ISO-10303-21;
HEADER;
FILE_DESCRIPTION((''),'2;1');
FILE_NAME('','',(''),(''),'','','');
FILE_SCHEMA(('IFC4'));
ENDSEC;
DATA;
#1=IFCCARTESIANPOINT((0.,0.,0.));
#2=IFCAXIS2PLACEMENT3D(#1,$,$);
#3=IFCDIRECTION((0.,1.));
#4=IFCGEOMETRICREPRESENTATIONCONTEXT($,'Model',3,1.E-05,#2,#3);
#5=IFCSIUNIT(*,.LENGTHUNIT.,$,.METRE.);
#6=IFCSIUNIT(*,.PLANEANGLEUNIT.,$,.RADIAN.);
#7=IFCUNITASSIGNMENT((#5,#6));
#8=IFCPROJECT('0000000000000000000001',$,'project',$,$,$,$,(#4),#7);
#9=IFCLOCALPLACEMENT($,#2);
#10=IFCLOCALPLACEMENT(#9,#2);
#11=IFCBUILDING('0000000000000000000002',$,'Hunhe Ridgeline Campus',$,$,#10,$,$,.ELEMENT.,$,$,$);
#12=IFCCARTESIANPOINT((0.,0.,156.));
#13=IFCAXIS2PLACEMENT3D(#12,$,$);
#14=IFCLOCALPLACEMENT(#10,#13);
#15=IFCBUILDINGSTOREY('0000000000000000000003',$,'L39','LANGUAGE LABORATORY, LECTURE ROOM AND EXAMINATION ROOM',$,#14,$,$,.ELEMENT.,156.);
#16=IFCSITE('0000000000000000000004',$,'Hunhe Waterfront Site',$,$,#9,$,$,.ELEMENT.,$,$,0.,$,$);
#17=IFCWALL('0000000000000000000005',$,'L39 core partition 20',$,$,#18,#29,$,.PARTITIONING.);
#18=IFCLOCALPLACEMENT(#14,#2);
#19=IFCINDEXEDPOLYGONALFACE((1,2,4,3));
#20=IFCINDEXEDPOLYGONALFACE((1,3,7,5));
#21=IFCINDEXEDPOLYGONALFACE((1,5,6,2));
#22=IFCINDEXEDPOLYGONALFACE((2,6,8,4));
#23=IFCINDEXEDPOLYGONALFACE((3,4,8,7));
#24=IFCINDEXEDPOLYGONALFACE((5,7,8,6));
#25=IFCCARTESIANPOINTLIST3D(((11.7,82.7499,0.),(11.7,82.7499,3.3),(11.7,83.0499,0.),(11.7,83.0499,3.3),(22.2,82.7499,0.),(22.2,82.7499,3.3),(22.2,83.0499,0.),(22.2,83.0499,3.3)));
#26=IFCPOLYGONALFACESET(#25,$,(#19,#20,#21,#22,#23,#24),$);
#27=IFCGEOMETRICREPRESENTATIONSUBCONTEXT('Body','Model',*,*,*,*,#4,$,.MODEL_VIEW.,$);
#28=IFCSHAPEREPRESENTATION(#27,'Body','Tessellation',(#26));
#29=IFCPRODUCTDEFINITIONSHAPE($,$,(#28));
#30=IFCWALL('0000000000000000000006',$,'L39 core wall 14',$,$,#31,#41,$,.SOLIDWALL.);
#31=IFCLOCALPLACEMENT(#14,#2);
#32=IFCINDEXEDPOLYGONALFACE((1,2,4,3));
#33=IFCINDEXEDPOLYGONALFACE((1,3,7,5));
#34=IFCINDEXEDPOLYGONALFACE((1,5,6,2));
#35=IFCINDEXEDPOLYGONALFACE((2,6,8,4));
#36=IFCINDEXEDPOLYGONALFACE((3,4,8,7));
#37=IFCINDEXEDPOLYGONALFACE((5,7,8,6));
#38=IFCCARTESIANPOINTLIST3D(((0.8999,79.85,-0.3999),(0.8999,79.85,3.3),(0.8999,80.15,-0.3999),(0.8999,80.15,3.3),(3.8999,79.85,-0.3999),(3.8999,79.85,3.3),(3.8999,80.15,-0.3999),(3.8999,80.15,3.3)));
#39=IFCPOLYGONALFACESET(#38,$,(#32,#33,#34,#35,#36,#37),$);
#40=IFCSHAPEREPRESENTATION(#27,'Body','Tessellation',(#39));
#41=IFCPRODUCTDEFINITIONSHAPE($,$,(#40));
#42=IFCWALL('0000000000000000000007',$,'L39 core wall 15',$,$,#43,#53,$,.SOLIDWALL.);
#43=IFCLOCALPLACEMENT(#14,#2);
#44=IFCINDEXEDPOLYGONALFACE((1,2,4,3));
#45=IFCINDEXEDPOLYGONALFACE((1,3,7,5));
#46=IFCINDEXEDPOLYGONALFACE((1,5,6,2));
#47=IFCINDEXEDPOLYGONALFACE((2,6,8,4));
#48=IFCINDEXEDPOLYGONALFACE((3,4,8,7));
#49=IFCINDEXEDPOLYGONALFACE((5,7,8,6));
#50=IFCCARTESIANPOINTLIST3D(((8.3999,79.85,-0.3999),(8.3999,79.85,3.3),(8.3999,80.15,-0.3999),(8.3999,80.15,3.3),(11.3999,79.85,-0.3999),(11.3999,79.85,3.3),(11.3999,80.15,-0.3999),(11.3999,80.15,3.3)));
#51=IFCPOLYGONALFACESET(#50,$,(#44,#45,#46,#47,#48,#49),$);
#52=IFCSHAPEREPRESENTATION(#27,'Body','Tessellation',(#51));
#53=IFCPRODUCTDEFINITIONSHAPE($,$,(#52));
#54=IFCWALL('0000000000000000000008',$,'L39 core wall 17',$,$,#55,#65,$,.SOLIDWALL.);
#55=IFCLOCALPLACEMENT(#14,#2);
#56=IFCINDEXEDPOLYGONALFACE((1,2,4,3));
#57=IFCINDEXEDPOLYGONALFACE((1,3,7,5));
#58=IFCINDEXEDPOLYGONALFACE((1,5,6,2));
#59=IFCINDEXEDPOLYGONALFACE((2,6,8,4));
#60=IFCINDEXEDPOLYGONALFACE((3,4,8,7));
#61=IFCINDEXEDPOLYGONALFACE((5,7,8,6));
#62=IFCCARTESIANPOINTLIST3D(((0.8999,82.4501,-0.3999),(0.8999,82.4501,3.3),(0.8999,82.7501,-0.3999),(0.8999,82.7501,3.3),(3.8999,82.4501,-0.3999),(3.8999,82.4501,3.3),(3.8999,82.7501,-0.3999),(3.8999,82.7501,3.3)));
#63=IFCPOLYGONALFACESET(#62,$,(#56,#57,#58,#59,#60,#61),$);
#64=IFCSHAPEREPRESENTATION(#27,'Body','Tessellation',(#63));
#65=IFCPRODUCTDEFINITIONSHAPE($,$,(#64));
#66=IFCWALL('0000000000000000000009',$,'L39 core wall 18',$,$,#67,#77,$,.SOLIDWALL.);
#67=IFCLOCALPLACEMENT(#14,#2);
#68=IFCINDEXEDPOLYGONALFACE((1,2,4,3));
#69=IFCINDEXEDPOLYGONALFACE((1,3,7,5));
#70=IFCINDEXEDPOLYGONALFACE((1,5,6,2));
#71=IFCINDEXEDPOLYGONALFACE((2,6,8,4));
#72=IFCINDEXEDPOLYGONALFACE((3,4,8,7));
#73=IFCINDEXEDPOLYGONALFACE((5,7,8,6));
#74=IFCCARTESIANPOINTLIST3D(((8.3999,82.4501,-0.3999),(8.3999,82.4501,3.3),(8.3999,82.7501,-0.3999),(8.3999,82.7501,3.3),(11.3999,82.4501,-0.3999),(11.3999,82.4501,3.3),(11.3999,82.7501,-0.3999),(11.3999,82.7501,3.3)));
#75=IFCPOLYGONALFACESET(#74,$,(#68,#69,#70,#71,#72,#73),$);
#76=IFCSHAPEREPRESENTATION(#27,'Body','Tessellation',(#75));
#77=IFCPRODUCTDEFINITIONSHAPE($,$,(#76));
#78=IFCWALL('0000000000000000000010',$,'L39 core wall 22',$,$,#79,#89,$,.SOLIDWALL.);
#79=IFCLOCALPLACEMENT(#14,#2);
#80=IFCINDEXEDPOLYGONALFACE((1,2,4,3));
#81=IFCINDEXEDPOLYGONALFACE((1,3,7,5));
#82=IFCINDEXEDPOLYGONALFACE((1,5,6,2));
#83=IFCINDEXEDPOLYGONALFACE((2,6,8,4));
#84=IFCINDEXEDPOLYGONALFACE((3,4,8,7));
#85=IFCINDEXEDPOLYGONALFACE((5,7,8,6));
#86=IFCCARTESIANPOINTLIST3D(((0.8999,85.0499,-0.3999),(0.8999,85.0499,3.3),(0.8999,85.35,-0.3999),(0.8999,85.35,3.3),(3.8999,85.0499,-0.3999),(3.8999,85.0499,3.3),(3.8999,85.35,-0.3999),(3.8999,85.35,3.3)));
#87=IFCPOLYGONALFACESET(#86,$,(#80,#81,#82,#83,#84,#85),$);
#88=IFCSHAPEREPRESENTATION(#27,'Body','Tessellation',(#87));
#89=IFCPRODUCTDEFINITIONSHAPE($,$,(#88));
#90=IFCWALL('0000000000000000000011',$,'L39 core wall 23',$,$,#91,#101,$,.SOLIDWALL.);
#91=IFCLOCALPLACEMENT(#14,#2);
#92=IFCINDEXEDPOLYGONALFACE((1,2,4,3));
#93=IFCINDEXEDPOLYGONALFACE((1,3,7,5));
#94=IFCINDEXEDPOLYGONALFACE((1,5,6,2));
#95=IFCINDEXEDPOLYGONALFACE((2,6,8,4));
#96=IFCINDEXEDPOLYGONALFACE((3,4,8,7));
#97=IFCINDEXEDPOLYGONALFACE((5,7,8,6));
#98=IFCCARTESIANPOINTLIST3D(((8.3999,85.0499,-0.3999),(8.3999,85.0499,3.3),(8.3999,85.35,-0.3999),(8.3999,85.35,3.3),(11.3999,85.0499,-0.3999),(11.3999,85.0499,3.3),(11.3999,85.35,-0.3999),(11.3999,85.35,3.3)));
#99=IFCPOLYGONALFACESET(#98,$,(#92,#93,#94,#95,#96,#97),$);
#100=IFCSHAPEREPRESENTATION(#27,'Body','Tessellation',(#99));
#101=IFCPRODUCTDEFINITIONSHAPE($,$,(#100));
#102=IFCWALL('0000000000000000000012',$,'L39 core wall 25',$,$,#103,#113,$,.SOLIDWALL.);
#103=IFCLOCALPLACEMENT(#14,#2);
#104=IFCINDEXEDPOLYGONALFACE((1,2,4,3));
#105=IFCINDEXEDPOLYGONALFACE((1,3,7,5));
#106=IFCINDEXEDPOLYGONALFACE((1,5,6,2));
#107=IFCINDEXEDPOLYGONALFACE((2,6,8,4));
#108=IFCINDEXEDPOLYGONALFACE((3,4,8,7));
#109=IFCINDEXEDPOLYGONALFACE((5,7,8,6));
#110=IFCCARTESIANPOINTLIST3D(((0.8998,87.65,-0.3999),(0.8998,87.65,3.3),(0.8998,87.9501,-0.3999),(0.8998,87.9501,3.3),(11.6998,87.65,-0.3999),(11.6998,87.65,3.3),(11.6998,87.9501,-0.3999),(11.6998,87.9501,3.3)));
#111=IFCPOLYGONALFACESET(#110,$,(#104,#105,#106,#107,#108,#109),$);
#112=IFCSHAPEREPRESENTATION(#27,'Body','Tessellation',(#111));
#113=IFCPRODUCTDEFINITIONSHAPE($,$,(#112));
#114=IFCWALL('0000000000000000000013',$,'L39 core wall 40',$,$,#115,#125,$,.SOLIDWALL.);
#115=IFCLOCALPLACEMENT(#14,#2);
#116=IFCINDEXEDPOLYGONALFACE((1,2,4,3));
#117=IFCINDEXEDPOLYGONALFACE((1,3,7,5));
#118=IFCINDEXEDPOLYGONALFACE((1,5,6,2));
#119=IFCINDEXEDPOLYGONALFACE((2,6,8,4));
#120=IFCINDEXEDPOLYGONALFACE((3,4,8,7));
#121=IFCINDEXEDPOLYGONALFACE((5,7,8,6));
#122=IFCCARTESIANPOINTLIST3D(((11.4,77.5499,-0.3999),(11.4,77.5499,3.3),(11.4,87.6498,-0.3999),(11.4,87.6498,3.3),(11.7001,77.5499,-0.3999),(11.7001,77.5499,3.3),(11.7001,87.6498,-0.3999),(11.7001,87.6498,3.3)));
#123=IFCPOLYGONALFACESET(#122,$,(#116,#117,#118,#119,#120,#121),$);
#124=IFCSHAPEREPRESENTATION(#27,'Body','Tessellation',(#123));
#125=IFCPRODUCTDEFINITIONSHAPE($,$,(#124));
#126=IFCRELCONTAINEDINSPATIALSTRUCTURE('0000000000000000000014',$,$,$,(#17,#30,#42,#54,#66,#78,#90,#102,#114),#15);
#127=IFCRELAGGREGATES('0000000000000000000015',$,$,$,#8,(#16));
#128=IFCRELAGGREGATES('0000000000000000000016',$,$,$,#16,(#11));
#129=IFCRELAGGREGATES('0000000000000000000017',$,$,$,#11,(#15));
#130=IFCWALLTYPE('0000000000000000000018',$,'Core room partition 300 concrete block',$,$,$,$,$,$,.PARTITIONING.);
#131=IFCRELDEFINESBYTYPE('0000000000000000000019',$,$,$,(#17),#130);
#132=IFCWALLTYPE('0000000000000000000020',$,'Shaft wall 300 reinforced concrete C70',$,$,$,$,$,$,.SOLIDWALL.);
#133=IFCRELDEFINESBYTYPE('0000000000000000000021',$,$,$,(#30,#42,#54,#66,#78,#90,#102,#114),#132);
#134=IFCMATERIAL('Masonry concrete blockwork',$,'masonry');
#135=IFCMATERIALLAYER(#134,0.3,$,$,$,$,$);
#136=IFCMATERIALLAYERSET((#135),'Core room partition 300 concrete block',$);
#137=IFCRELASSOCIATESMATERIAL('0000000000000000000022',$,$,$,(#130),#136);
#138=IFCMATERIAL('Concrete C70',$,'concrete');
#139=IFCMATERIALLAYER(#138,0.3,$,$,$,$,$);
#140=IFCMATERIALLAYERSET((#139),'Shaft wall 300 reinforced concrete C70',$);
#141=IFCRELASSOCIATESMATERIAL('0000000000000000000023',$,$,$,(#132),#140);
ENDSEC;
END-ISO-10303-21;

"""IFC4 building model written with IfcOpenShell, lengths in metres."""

from ifc_helpers import new_model, si_unit, direction, frame, frame_2d, origin, place, context, subcontext, project, spatial, rectangle, extrude, material, layer, layer_set, type_object, element, save


model = new_model("IFC4")

# Units and contexts
model_context = context("Model", 3, precision=1e-05, world=origin(), true_north=direction((0.0, 1.0)))
body_context = subcontext(model_context, "Body", "Model", "MODEL_VIEW")
ifc_project = project(units=[si_unit("LENGTHUNIT", "METRE"), si_unit("PLANEANGLEUNIT", "RADIAN")], contexts=[model_context])

# Site, building, storey
site_placement = place(None, origin())
site = spatial("IfcSite", under=ifc_project, at=site_placement, Name="Hunhe Waterfront Site", CompositionType="ELEMENT", RefElevation=0.0)
building_placement = place(site_placement, origin())
building = spatial("IfcBuilding", under=site, at=building_placement, Name="Hunhe Ridgeline Campus", CompositionType="ELEMENT")
storey_placement = place(building_placement, frame((0.0, 0.0, 156.0)))
storey = spatial("IfcBuildingStorey", under=building, at=storey_placement, Name="L39", Description="LANGUAGE LABORATORY, LECTURE ROOM AND EXAMINATION ROOM", CompositionType="ELEMENT", Elevation=156.0)

# Wall
ifc_material_1 = material(Name="Masonry concrete blockwork", Category="masonry")
ifc_layer_1 = layer(ifc_material_1, 0.3)
ifc_layer_set_1 = layer_set([ifc_layer_1], Name="Core room partition 300 concrete block")
wall_type_1 = type_object("IfcWallType", Name="Core room partition 300 concrete block", PredefinedType="PARTITIONING", material=ifc_layer_set_1)
wall_1_placement = place(storey_placement, frame((11.7, 82.8999, 0.0), z_axis=(0.0, 0.0, 1.0), x_axis=(1.0, 0.0, 0.0)))
element("IfcWall", 1, at=wall_1_placement, inside=storey, type_object=wall_type_1, Name="L39 core partition 20", PredefinedType="PARTITIONING", context=body_context, shape_type="SweptSolid", body=[
    extrude(rectangle(XDim=10.5, YDim=0.3, at=frame_2d((5.25, 0.0))), origin(), (0.0, 0.0, 1.0), 3.3),
])

# Shared definitions
ifc_material_2 = material(Name="Concrete C70", Category="concrete")
ifc_layer_2 = layer(ifc_material_2, 0.3)
ifc_layer_set_2 = layer_set([ifc_layer_2], Name="Shaft wall 300 reinforced concrete C70")
wall_type_2 = type_object("IfcWallType", Name="Shaft wall 300 reinforced concrete C70", PredefinedType="SOLIDWALL", material=ifc_layer_set_2)

# Walls
for number, where, z_axis, x_axis, name in (
    (2, (0.8999, 80.0, -0.3999), (0.0, 0.0, 1.0), (1.0, 0.0, 0.0), "L39 core wall 14"),
    (3, (8.3999, 80.0, -0.3999), (0.0, 0.0, 1.0), (1.0, 0.0, 0.0), "L39 core wall 15"),
    (4, (0.8999, 82.6001, -0.3999), (0.0, 0.0, 1.0), (1.0, 0.0, 0.0), "L39 core wall 17"),
    (5, (8.3999, 82.6001, -0.3999), (0.0, 0.0, 1.0), (1.0, 0.0, 0.0), "L39 core wall 18"),
    (6, (0.8999, 85.2, -0.3999), (0.0, 0.0, 1.0), (1.0, 0.0, 0.0), "L39 core wall 22"),
    (7, (8.3999, 85.2, -0.3999), (0.0, 0.0, 1.0), (1.0, 0.0, 0.0), "L39 core wall 23"),
):
    element("IfcWall", number, at=place(storey_placement, frame(where, z_axis=z_axis, x_axis=x_axis)), inside=storey, type_object=wall_type_2, Name=name, PredefinedType="SOLIDWALL", context=body_context, shape_type="SweptSolid", body=[
        extrude(rectangle(XDim=3.0, YDim=0.3, at=frame_2d((1.5, 0.0))), origin(), (0.0, 0.0, 1.0), 3.7),
    ])
wall_2_placement = place(storey_placement, frame((0.8999, 87.8, -0.3999), z_axis=(0.0, 0.0, 1.0), x_axis=(1.0, 0.0, 0.0)))
element("IfcWall", 8, at=wall_2_placement, inside=storey, type_object=wall_type_2, Name="L39 core wall 25", PredefinedType="SOLIDWALL", context=body_context, shape_type="SweptSolid", body=[
    extrude(rectangle(XDim=10.8, YDim=0.3, at=frame_2d((5.3999, 0.0))), origin(), (0.0, 0.0, 1.0), 3.7),
])

# Wall
wall_3_placement = place(storey_placement, frame((11.55, 77.55, -0.3999), z_axis=(0.0, 0.0, 1.0), x_axis=(0.0, 1.0, 0.0)))
element("IfcWall", 9, at=wall_3_placement, inside=storey, type_object=wall_type_2, Name="L39 core wall 40", PredefinedType="SOLIDWALL", context=body_context, shape_type="SweptSolid", body=[
    extrude(rectangle(XDim=10.0999, YDim=0.3, at=frame_2d((5.0498, 0.0))), origin(), (0.0, 0.0, 1.0), 3.7),
])

save(model, "model.ifc")
